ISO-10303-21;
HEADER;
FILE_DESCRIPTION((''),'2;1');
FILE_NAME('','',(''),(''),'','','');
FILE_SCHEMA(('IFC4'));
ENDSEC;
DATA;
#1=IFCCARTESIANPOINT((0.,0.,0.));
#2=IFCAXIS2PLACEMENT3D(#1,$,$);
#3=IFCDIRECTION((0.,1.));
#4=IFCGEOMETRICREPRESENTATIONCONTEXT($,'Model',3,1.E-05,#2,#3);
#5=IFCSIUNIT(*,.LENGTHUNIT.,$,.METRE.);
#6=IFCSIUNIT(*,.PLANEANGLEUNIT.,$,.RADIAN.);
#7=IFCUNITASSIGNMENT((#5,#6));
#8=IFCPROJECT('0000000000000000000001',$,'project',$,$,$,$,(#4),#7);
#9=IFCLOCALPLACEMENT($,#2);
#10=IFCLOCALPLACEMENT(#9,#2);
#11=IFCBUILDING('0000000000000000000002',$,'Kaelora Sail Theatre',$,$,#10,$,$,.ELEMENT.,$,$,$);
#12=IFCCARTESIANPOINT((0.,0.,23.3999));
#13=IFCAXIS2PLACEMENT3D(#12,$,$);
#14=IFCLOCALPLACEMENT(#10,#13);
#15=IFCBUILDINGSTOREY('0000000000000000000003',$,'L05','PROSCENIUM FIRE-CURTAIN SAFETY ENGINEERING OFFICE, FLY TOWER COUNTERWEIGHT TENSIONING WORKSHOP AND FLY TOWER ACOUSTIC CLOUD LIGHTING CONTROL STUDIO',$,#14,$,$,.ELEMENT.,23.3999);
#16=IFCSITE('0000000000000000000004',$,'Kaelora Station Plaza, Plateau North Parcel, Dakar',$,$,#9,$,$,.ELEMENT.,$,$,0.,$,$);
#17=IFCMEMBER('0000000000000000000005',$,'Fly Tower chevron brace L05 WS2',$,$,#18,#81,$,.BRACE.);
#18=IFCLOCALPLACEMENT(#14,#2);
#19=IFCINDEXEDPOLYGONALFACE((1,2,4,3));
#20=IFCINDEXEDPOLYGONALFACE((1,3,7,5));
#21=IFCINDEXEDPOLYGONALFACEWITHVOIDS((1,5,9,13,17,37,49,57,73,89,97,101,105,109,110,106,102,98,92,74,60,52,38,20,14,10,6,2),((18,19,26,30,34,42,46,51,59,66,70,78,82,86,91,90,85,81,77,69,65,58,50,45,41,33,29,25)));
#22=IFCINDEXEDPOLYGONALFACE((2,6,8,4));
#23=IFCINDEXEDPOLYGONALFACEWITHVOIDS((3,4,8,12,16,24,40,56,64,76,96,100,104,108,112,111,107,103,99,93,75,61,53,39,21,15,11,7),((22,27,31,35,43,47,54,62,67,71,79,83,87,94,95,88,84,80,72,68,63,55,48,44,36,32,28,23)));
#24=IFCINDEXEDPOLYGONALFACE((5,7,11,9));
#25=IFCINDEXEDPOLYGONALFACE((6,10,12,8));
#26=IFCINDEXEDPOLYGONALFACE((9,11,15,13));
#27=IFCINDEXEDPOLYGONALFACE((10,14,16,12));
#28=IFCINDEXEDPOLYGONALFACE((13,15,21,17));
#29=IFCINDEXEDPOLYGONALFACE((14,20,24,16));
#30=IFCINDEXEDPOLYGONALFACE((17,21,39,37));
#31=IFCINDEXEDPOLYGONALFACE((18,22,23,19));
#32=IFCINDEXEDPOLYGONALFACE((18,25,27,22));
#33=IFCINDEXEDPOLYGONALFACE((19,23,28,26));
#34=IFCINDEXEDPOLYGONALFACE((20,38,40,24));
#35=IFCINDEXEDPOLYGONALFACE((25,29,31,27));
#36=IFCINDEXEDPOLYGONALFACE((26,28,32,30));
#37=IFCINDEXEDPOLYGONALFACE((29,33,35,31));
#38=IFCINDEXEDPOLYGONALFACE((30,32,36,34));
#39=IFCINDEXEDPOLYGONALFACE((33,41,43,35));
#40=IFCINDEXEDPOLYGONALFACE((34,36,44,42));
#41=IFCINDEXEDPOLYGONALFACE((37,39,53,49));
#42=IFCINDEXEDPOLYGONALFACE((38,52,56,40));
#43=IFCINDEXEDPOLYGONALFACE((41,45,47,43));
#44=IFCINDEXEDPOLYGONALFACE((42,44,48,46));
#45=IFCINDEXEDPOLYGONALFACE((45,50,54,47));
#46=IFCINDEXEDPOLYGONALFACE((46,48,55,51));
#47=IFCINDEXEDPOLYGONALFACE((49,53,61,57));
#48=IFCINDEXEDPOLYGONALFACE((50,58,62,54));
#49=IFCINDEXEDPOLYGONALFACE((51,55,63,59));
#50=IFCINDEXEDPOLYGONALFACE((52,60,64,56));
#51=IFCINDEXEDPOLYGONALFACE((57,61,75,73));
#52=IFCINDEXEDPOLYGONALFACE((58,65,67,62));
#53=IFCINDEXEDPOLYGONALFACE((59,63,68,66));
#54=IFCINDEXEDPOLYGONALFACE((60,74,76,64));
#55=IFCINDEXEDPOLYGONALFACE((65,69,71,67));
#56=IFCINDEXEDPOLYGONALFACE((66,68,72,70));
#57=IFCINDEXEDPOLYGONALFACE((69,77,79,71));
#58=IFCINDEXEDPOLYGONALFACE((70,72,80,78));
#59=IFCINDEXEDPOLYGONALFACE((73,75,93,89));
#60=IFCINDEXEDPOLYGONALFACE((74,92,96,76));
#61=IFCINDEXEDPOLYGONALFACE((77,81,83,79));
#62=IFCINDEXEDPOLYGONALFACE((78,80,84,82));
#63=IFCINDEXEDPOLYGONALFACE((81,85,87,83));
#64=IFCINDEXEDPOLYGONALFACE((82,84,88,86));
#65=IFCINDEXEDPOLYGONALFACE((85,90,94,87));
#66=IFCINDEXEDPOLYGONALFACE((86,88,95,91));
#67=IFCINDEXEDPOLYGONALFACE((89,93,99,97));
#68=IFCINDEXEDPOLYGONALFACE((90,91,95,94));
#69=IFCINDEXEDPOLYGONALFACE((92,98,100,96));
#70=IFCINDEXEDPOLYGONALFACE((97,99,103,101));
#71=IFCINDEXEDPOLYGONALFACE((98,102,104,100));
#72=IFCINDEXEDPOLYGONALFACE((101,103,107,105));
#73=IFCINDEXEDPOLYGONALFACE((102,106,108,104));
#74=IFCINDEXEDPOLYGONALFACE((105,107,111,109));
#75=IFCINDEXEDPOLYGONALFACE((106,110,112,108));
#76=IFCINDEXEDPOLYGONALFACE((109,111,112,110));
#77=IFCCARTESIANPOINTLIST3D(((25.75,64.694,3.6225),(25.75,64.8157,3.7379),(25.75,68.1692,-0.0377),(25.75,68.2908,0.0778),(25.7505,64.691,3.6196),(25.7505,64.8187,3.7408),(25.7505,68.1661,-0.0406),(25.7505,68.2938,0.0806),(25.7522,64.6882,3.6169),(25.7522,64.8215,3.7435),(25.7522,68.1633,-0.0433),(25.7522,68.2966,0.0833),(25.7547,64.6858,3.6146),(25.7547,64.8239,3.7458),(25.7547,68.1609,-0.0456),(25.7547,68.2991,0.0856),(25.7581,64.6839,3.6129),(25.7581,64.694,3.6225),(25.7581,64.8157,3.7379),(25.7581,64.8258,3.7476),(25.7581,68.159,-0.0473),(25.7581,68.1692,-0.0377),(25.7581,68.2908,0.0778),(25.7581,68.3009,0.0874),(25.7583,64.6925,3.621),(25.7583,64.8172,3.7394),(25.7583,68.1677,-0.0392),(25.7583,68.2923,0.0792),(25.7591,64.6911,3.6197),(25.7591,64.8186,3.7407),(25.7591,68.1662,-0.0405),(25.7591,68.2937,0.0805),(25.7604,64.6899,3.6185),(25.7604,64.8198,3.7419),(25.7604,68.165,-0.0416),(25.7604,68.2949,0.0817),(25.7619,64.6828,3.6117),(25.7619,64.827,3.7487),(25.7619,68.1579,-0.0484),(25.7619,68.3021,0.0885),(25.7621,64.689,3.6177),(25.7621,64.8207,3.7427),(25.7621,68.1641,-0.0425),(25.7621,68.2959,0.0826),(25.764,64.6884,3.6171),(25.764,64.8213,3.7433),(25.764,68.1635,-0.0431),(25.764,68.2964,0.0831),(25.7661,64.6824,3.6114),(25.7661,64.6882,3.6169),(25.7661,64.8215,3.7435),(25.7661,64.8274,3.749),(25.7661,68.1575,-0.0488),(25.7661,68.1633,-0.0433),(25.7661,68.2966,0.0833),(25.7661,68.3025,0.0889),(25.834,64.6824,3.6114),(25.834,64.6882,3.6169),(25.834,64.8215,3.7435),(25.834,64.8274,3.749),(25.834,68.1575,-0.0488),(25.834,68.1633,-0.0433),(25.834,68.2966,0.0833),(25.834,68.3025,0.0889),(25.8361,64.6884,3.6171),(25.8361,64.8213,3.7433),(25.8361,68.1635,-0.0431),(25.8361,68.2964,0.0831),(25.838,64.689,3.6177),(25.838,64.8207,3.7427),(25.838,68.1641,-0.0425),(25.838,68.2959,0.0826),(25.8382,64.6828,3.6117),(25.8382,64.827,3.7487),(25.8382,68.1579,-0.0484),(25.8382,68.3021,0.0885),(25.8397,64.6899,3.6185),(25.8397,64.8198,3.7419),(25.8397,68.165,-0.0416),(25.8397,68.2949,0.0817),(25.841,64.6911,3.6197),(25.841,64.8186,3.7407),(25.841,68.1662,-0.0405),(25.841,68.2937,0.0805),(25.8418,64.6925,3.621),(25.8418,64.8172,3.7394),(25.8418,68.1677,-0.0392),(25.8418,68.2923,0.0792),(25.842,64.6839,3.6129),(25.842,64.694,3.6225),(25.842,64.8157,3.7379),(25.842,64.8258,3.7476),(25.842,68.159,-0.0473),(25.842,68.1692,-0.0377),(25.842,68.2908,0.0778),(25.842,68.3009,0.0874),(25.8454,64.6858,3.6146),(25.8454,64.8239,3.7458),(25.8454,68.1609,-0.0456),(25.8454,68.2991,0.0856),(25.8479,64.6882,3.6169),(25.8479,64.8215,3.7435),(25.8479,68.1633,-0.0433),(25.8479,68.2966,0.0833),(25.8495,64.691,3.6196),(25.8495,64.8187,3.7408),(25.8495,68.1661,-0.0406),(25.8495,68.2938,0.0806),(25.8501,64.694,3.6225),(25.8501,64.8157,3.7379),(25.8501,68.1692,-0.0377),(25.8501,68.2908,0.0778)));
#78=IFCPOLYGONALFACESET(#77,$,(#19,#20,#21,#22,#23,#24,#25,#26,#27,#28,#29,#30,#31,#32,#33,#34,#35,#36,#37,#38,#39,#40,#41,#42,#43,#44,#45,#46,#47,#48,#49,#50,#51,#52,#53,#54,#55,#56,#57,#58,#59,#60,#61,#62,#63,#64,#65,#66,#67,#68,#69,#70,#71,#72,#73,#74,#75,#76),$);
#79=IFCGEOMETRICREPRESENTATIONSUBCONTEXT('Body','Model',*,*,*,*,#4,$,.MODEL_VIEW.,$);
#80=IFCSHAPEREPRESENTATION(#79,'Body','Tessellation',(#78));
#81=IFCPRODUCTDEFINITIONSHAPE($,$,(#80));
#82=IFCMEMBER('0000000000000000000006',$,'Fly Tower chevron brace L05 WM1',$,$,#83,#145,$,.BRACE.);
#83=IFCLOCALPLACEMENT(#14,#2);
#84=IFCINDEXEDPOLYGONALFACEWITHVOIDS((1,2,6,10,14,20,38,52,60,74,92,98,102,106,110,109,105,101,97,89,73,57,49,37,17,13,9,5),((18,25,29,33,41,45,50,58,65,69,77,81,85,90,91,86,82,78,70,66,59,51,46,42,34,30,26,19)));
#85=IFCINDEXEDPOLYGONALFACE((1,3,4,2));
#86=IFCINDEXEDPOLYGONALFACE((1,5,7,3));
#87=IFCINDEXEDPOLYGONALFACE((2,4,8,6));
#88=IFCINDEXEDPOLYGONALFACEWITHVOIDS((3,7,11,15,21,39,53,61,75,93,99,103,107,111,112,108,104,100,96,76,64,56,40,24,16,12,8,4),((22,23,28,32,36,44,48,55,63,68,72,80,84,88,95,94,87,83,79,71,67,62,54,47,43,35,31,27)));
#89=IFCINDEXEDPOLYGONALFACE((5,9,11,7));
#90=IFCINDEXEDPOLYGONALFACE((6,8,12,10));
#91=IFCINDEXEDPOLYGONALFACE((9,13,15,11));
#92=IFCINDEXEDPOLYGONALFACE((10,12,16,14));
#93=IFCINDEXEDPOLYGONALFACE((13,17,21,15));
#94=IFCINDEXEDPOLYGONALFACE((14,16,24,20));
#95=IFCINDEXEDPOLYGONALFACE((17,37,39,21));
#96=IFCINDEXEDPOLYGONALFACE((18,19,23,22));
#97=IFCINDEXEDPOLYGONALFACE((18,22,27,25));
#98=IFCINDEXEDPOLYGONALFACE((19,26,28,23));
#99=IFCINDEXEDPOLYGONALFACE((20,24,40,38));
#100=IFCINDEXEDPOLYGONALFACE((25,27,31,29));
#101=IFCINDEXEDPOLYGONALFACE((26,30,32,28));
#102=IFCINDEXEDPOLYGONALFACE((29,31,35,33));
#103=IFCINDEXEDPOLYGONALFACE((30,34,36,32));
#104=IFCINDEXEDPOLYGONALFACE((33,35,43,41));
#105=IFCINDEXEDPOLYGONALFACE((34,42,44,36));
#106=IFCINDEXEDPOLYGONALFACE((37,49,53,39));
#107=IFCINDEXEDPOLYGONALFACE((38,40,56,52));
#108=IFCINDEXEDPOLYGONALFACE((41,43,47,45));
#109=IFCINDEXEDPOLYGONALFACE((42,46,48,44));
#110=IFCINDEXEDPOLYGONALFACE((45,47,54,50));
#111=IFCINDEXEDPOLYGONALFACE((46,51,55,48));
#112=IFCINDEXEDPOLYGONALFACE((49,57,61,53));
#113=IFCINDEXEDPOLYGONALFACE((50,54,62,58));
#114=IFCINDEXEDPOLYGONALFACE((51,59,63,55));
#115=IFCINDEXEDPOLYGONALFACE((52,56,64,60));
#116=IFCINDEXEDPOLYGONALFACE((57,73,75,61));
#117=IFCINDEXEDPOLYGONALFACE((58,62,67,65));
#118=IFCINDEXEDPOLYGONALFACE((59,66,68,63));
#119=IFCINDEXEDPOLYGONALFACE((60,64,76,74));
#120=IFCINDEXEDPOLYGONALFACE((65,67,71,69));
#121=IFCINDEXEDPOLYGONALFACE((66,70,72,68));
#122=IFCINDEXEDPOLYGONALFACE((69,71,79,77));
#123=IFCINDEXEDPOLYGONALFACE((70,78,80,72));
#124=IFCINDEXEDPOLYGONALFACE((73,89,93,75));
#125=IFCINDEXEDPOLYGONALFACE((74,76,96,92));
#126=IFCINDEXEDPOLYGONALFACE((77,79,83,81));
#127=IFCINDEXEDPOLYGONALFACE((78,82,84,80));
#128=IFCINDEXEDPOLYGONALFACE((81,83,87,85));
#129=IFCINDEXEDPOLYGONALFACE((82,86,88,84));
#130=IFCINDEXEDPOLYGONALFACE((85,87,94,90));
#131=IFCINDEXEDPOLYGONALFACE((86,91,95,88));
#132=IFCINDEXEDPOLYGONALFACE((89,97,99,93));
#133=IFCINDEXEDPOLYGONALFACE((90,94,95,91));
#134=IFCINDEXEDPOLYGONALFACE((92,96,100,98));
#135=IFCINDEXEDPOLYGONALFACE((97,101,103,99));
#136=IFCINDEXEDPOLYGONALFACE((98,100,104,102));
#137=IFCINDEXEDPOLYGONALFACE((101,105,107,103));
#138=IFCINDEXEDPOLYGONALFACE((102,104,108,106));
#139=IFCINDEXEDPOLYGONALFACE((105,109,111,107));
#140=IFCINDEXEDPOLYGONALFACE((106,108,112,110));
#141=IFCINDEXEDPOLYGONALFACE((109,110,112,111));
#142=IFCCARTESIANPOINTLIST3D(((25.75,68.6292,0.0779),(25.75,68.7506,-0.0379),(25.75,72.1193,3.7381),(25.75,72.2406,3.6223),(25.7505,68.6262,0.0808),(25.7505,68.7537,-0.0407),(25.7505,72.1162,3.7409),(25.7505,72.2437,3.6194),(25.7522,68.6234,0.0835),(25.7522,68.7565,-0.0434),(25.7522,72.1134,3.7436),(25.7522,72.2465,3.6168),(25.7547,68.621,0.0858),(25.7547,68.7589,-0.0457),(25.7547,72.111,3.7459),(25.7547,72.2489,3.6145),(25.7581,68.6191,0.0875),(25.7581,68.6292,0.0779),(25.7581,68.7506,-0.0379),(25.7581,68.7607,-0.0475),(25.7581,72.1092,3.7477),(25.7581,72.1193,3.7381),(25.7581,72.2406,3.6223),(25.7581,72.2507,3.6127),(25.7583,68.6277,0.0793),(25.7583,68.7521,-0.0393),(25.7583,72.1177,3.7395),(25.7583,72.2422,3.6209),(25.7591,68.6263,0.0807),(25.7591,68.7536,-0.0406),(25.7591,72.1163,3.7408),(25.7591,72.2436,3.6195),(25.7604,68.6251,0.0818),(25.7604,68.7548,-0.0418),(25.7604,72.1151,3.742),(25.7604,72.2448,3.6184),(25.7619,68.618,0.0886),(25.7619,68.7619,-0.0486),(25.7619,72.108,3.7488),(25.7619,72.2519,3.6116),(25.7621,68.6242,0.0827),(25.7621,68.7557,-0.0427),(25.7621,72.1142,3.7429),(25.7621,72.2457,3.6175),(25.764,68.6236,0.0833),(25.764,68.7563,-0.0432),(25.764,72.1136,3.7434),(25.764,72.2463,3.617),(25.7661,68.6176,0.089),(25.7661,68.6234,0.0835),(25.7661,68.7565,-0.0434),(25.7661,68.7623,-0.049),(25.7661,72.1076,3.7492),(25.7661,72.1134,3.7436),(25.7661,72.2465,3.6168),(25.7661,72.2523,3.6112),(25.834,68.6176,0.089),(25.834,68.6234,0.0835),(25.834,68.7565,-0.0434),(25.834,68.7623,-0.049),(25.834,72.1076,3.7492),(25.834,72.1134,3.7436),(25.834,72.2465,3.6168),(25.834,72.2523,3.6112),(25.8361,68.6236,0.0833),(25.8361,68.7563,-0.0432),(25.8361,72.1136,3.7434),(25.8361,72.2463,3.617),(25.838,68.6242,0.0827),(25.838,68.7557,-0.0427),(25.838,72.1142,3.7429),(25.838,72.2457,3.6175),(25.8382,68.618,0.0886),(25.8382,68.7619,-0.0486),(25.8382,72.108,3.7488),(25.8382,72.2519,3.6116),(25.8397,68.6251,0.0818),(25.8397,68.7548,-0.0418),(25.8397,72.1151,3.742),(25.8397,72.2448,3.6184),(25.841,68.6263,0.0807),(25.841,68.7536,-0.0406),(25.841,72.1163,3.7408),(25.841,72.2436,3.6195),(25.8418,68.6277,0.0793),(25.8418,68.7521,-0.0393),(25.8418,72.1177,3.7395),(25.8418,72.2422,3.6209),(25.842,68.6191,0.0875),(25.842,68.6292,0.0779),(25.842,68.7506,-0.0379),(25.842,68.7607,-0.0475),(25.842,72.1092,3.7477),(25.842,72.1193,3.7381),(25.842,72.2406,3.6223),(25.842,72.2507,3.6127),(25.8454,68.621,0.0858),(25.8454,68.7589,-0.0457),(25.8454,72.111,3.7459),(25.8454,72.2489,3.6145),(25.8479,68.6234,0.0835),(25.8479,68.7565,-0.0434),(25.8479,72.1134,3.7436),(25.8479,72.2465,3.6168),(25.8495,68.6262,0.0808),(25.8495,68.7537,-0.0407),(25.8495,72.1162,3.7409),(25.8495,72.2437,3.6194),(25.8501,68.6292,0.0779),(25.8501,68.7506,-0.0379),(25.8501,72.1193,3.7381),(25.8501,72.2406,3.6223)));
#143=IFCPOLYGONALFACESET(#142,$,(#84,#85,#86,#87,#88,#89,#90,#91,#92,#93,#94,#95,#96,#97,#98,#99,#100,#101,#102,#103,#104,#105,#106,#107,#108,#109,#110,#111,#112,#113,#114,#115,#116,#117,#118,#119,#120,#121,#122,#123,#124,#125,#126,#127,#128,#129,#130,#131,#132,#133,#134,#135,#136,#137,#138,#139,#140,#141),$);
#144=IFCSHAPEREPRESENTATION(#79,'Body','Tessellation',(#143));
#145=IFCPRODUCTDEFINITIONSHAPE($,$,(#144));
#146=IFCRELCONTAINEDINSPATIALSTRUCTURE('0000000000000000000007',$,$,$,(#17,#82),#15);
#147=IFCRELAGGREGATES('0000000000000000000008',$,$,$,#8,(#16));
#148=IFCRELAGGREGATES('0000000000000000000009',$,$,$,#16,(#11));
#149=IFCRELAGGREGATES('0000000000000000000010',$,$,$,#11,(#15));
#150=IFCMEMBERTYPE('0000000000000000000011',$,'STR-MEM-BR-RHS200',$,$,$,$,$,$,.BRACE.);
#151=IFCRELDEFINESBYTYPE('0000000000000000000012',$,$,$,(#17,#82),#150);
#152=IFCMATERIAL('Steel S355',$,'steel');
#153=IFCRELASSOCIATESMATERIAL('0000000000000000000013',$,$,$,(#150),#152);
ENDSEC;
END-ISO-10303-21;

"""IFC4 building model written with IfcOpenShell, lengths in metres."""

from ifc_helpers import new_model, si_unit, direction, frame, origin, origin_2d, place, context, subcontext, project, spatial, hollow_rectangle, extrude, material, material_profile, profile_set, type_object, element, save


model = new_model("IFC4")

# Units and contexts
model_context = context("Model", 3, precision=1e-05, world=origin(), true_north=direction((0.0, 1.0)))
body_context = subcontext(model_context, "Body", "Model", "MODEL_VIEW")
ifc_project = project(units=[si_unit("LENGTHUNIT", "METRE"), si_unit("PLANEANGLEUNIT", "RADIAN")], contexts=[model_context])

# Site, building, storey
site_placement = place(None, origin())
site = spatial("IfcSite", under=ifc_project, at=site_placement, Name="Kaelora Station Plaza, Plateau North Parcel, Dakar", CompositionType="ELEMENT", RefElevation=0.0)
building_placement = place(site_placement, origin())
building = spatial("IfcBuilding", under=site, at=building_placement, Name="Kaelora Sail Theatre", CompositionType="ELEMENT")
storey_placement = place(building_placement, frame((0.0, 0.0, 23.3999)))
storey = spatial("IfcBuildingStorey", under=building, at=storey_placement, Name="L05", Description="PROSCENIUM FIRE-CURTAIN SAFETY ENGINEERING OFFICE, FLY TOWER COUNTERWEIGHT TENSIONING WORKSHOP AND FLY TOWER ACOUSTIC CLOUD LIGHTING CONTROL STUDIO", CompositionType="ELEMENT", Elevation=23.3999)

# Members
ifc_material_1 = material(Name="Steel S355", Category="steel")
ifc_material_profile_1 = material_profile(ifc_material_1, hollow_rectangle(XDim=0.1001, YDim=0.2, WallThickness=0.0081, InnerFilletRadius=0.0081, OuterFilletRadius=0.0161, at=origin_2d()), Name="RHS 200x100x8.0")
ifc_profile_set_1 = profile_set([ifc_material_profile_1], Name="Steel S355")
member_type = type_object("IfcMemberType", Name="STR-MEM-BR-RHS200", PredefinedType="BRACE", material=ifc_profile_set_1)
member_placement = place(storey_placement, frame((25.8, 68.23, 0.02), z_axis=(0.0, -0.688536, 0.725202), x_axis=(1.0, 0.0, 0.0)))
element("IfcMember", 1, at=member_placement, inside=storey, type_object=member_type, Name="Fly Tower chevron brace L05 WS2", PredefinedType="BRACE", context=body_context, shape_type="SweptSolid", body=[
    extrude(hollow_rectangle(XDim=0.1001, YDim=0.2, WallThickness=0.0081, InnerFilletRadius=0.0081, OuterFilletRadius=0.0161, at=origin_2d()), origin(), (0.0, 0.0, 1.0), 5.0471),
])
for number, where, z_axis, x_axis, name in (
    (2, (25.8, 68.6899, 0.02), (0.0, 0.690083, 0.72373), (-1.0, 0.0, 0.0), "Fly Tower chevron brace L05 WM1"),
):
    element("IfcMember", number, at=place(storey_placement, frame(where, z_axis=z_axis, x_axis=x_axis)), inside=storey, type_object=member_type, Name=name, PredefinedType="BRACE", context=body_context, shape_type="SweptSolid", body=[
        extrude(hollow_rectangle(XDim=0.1001, YDim=0.2, WallThickness=0.0081, InnerFilletRadius=0.0081, OuterFilletRadius=0.0161, at=origin_2d()), origin(), (0.0, 0.0, 1.0), 5.0574),
    ])

save(model, "model.ifc")
